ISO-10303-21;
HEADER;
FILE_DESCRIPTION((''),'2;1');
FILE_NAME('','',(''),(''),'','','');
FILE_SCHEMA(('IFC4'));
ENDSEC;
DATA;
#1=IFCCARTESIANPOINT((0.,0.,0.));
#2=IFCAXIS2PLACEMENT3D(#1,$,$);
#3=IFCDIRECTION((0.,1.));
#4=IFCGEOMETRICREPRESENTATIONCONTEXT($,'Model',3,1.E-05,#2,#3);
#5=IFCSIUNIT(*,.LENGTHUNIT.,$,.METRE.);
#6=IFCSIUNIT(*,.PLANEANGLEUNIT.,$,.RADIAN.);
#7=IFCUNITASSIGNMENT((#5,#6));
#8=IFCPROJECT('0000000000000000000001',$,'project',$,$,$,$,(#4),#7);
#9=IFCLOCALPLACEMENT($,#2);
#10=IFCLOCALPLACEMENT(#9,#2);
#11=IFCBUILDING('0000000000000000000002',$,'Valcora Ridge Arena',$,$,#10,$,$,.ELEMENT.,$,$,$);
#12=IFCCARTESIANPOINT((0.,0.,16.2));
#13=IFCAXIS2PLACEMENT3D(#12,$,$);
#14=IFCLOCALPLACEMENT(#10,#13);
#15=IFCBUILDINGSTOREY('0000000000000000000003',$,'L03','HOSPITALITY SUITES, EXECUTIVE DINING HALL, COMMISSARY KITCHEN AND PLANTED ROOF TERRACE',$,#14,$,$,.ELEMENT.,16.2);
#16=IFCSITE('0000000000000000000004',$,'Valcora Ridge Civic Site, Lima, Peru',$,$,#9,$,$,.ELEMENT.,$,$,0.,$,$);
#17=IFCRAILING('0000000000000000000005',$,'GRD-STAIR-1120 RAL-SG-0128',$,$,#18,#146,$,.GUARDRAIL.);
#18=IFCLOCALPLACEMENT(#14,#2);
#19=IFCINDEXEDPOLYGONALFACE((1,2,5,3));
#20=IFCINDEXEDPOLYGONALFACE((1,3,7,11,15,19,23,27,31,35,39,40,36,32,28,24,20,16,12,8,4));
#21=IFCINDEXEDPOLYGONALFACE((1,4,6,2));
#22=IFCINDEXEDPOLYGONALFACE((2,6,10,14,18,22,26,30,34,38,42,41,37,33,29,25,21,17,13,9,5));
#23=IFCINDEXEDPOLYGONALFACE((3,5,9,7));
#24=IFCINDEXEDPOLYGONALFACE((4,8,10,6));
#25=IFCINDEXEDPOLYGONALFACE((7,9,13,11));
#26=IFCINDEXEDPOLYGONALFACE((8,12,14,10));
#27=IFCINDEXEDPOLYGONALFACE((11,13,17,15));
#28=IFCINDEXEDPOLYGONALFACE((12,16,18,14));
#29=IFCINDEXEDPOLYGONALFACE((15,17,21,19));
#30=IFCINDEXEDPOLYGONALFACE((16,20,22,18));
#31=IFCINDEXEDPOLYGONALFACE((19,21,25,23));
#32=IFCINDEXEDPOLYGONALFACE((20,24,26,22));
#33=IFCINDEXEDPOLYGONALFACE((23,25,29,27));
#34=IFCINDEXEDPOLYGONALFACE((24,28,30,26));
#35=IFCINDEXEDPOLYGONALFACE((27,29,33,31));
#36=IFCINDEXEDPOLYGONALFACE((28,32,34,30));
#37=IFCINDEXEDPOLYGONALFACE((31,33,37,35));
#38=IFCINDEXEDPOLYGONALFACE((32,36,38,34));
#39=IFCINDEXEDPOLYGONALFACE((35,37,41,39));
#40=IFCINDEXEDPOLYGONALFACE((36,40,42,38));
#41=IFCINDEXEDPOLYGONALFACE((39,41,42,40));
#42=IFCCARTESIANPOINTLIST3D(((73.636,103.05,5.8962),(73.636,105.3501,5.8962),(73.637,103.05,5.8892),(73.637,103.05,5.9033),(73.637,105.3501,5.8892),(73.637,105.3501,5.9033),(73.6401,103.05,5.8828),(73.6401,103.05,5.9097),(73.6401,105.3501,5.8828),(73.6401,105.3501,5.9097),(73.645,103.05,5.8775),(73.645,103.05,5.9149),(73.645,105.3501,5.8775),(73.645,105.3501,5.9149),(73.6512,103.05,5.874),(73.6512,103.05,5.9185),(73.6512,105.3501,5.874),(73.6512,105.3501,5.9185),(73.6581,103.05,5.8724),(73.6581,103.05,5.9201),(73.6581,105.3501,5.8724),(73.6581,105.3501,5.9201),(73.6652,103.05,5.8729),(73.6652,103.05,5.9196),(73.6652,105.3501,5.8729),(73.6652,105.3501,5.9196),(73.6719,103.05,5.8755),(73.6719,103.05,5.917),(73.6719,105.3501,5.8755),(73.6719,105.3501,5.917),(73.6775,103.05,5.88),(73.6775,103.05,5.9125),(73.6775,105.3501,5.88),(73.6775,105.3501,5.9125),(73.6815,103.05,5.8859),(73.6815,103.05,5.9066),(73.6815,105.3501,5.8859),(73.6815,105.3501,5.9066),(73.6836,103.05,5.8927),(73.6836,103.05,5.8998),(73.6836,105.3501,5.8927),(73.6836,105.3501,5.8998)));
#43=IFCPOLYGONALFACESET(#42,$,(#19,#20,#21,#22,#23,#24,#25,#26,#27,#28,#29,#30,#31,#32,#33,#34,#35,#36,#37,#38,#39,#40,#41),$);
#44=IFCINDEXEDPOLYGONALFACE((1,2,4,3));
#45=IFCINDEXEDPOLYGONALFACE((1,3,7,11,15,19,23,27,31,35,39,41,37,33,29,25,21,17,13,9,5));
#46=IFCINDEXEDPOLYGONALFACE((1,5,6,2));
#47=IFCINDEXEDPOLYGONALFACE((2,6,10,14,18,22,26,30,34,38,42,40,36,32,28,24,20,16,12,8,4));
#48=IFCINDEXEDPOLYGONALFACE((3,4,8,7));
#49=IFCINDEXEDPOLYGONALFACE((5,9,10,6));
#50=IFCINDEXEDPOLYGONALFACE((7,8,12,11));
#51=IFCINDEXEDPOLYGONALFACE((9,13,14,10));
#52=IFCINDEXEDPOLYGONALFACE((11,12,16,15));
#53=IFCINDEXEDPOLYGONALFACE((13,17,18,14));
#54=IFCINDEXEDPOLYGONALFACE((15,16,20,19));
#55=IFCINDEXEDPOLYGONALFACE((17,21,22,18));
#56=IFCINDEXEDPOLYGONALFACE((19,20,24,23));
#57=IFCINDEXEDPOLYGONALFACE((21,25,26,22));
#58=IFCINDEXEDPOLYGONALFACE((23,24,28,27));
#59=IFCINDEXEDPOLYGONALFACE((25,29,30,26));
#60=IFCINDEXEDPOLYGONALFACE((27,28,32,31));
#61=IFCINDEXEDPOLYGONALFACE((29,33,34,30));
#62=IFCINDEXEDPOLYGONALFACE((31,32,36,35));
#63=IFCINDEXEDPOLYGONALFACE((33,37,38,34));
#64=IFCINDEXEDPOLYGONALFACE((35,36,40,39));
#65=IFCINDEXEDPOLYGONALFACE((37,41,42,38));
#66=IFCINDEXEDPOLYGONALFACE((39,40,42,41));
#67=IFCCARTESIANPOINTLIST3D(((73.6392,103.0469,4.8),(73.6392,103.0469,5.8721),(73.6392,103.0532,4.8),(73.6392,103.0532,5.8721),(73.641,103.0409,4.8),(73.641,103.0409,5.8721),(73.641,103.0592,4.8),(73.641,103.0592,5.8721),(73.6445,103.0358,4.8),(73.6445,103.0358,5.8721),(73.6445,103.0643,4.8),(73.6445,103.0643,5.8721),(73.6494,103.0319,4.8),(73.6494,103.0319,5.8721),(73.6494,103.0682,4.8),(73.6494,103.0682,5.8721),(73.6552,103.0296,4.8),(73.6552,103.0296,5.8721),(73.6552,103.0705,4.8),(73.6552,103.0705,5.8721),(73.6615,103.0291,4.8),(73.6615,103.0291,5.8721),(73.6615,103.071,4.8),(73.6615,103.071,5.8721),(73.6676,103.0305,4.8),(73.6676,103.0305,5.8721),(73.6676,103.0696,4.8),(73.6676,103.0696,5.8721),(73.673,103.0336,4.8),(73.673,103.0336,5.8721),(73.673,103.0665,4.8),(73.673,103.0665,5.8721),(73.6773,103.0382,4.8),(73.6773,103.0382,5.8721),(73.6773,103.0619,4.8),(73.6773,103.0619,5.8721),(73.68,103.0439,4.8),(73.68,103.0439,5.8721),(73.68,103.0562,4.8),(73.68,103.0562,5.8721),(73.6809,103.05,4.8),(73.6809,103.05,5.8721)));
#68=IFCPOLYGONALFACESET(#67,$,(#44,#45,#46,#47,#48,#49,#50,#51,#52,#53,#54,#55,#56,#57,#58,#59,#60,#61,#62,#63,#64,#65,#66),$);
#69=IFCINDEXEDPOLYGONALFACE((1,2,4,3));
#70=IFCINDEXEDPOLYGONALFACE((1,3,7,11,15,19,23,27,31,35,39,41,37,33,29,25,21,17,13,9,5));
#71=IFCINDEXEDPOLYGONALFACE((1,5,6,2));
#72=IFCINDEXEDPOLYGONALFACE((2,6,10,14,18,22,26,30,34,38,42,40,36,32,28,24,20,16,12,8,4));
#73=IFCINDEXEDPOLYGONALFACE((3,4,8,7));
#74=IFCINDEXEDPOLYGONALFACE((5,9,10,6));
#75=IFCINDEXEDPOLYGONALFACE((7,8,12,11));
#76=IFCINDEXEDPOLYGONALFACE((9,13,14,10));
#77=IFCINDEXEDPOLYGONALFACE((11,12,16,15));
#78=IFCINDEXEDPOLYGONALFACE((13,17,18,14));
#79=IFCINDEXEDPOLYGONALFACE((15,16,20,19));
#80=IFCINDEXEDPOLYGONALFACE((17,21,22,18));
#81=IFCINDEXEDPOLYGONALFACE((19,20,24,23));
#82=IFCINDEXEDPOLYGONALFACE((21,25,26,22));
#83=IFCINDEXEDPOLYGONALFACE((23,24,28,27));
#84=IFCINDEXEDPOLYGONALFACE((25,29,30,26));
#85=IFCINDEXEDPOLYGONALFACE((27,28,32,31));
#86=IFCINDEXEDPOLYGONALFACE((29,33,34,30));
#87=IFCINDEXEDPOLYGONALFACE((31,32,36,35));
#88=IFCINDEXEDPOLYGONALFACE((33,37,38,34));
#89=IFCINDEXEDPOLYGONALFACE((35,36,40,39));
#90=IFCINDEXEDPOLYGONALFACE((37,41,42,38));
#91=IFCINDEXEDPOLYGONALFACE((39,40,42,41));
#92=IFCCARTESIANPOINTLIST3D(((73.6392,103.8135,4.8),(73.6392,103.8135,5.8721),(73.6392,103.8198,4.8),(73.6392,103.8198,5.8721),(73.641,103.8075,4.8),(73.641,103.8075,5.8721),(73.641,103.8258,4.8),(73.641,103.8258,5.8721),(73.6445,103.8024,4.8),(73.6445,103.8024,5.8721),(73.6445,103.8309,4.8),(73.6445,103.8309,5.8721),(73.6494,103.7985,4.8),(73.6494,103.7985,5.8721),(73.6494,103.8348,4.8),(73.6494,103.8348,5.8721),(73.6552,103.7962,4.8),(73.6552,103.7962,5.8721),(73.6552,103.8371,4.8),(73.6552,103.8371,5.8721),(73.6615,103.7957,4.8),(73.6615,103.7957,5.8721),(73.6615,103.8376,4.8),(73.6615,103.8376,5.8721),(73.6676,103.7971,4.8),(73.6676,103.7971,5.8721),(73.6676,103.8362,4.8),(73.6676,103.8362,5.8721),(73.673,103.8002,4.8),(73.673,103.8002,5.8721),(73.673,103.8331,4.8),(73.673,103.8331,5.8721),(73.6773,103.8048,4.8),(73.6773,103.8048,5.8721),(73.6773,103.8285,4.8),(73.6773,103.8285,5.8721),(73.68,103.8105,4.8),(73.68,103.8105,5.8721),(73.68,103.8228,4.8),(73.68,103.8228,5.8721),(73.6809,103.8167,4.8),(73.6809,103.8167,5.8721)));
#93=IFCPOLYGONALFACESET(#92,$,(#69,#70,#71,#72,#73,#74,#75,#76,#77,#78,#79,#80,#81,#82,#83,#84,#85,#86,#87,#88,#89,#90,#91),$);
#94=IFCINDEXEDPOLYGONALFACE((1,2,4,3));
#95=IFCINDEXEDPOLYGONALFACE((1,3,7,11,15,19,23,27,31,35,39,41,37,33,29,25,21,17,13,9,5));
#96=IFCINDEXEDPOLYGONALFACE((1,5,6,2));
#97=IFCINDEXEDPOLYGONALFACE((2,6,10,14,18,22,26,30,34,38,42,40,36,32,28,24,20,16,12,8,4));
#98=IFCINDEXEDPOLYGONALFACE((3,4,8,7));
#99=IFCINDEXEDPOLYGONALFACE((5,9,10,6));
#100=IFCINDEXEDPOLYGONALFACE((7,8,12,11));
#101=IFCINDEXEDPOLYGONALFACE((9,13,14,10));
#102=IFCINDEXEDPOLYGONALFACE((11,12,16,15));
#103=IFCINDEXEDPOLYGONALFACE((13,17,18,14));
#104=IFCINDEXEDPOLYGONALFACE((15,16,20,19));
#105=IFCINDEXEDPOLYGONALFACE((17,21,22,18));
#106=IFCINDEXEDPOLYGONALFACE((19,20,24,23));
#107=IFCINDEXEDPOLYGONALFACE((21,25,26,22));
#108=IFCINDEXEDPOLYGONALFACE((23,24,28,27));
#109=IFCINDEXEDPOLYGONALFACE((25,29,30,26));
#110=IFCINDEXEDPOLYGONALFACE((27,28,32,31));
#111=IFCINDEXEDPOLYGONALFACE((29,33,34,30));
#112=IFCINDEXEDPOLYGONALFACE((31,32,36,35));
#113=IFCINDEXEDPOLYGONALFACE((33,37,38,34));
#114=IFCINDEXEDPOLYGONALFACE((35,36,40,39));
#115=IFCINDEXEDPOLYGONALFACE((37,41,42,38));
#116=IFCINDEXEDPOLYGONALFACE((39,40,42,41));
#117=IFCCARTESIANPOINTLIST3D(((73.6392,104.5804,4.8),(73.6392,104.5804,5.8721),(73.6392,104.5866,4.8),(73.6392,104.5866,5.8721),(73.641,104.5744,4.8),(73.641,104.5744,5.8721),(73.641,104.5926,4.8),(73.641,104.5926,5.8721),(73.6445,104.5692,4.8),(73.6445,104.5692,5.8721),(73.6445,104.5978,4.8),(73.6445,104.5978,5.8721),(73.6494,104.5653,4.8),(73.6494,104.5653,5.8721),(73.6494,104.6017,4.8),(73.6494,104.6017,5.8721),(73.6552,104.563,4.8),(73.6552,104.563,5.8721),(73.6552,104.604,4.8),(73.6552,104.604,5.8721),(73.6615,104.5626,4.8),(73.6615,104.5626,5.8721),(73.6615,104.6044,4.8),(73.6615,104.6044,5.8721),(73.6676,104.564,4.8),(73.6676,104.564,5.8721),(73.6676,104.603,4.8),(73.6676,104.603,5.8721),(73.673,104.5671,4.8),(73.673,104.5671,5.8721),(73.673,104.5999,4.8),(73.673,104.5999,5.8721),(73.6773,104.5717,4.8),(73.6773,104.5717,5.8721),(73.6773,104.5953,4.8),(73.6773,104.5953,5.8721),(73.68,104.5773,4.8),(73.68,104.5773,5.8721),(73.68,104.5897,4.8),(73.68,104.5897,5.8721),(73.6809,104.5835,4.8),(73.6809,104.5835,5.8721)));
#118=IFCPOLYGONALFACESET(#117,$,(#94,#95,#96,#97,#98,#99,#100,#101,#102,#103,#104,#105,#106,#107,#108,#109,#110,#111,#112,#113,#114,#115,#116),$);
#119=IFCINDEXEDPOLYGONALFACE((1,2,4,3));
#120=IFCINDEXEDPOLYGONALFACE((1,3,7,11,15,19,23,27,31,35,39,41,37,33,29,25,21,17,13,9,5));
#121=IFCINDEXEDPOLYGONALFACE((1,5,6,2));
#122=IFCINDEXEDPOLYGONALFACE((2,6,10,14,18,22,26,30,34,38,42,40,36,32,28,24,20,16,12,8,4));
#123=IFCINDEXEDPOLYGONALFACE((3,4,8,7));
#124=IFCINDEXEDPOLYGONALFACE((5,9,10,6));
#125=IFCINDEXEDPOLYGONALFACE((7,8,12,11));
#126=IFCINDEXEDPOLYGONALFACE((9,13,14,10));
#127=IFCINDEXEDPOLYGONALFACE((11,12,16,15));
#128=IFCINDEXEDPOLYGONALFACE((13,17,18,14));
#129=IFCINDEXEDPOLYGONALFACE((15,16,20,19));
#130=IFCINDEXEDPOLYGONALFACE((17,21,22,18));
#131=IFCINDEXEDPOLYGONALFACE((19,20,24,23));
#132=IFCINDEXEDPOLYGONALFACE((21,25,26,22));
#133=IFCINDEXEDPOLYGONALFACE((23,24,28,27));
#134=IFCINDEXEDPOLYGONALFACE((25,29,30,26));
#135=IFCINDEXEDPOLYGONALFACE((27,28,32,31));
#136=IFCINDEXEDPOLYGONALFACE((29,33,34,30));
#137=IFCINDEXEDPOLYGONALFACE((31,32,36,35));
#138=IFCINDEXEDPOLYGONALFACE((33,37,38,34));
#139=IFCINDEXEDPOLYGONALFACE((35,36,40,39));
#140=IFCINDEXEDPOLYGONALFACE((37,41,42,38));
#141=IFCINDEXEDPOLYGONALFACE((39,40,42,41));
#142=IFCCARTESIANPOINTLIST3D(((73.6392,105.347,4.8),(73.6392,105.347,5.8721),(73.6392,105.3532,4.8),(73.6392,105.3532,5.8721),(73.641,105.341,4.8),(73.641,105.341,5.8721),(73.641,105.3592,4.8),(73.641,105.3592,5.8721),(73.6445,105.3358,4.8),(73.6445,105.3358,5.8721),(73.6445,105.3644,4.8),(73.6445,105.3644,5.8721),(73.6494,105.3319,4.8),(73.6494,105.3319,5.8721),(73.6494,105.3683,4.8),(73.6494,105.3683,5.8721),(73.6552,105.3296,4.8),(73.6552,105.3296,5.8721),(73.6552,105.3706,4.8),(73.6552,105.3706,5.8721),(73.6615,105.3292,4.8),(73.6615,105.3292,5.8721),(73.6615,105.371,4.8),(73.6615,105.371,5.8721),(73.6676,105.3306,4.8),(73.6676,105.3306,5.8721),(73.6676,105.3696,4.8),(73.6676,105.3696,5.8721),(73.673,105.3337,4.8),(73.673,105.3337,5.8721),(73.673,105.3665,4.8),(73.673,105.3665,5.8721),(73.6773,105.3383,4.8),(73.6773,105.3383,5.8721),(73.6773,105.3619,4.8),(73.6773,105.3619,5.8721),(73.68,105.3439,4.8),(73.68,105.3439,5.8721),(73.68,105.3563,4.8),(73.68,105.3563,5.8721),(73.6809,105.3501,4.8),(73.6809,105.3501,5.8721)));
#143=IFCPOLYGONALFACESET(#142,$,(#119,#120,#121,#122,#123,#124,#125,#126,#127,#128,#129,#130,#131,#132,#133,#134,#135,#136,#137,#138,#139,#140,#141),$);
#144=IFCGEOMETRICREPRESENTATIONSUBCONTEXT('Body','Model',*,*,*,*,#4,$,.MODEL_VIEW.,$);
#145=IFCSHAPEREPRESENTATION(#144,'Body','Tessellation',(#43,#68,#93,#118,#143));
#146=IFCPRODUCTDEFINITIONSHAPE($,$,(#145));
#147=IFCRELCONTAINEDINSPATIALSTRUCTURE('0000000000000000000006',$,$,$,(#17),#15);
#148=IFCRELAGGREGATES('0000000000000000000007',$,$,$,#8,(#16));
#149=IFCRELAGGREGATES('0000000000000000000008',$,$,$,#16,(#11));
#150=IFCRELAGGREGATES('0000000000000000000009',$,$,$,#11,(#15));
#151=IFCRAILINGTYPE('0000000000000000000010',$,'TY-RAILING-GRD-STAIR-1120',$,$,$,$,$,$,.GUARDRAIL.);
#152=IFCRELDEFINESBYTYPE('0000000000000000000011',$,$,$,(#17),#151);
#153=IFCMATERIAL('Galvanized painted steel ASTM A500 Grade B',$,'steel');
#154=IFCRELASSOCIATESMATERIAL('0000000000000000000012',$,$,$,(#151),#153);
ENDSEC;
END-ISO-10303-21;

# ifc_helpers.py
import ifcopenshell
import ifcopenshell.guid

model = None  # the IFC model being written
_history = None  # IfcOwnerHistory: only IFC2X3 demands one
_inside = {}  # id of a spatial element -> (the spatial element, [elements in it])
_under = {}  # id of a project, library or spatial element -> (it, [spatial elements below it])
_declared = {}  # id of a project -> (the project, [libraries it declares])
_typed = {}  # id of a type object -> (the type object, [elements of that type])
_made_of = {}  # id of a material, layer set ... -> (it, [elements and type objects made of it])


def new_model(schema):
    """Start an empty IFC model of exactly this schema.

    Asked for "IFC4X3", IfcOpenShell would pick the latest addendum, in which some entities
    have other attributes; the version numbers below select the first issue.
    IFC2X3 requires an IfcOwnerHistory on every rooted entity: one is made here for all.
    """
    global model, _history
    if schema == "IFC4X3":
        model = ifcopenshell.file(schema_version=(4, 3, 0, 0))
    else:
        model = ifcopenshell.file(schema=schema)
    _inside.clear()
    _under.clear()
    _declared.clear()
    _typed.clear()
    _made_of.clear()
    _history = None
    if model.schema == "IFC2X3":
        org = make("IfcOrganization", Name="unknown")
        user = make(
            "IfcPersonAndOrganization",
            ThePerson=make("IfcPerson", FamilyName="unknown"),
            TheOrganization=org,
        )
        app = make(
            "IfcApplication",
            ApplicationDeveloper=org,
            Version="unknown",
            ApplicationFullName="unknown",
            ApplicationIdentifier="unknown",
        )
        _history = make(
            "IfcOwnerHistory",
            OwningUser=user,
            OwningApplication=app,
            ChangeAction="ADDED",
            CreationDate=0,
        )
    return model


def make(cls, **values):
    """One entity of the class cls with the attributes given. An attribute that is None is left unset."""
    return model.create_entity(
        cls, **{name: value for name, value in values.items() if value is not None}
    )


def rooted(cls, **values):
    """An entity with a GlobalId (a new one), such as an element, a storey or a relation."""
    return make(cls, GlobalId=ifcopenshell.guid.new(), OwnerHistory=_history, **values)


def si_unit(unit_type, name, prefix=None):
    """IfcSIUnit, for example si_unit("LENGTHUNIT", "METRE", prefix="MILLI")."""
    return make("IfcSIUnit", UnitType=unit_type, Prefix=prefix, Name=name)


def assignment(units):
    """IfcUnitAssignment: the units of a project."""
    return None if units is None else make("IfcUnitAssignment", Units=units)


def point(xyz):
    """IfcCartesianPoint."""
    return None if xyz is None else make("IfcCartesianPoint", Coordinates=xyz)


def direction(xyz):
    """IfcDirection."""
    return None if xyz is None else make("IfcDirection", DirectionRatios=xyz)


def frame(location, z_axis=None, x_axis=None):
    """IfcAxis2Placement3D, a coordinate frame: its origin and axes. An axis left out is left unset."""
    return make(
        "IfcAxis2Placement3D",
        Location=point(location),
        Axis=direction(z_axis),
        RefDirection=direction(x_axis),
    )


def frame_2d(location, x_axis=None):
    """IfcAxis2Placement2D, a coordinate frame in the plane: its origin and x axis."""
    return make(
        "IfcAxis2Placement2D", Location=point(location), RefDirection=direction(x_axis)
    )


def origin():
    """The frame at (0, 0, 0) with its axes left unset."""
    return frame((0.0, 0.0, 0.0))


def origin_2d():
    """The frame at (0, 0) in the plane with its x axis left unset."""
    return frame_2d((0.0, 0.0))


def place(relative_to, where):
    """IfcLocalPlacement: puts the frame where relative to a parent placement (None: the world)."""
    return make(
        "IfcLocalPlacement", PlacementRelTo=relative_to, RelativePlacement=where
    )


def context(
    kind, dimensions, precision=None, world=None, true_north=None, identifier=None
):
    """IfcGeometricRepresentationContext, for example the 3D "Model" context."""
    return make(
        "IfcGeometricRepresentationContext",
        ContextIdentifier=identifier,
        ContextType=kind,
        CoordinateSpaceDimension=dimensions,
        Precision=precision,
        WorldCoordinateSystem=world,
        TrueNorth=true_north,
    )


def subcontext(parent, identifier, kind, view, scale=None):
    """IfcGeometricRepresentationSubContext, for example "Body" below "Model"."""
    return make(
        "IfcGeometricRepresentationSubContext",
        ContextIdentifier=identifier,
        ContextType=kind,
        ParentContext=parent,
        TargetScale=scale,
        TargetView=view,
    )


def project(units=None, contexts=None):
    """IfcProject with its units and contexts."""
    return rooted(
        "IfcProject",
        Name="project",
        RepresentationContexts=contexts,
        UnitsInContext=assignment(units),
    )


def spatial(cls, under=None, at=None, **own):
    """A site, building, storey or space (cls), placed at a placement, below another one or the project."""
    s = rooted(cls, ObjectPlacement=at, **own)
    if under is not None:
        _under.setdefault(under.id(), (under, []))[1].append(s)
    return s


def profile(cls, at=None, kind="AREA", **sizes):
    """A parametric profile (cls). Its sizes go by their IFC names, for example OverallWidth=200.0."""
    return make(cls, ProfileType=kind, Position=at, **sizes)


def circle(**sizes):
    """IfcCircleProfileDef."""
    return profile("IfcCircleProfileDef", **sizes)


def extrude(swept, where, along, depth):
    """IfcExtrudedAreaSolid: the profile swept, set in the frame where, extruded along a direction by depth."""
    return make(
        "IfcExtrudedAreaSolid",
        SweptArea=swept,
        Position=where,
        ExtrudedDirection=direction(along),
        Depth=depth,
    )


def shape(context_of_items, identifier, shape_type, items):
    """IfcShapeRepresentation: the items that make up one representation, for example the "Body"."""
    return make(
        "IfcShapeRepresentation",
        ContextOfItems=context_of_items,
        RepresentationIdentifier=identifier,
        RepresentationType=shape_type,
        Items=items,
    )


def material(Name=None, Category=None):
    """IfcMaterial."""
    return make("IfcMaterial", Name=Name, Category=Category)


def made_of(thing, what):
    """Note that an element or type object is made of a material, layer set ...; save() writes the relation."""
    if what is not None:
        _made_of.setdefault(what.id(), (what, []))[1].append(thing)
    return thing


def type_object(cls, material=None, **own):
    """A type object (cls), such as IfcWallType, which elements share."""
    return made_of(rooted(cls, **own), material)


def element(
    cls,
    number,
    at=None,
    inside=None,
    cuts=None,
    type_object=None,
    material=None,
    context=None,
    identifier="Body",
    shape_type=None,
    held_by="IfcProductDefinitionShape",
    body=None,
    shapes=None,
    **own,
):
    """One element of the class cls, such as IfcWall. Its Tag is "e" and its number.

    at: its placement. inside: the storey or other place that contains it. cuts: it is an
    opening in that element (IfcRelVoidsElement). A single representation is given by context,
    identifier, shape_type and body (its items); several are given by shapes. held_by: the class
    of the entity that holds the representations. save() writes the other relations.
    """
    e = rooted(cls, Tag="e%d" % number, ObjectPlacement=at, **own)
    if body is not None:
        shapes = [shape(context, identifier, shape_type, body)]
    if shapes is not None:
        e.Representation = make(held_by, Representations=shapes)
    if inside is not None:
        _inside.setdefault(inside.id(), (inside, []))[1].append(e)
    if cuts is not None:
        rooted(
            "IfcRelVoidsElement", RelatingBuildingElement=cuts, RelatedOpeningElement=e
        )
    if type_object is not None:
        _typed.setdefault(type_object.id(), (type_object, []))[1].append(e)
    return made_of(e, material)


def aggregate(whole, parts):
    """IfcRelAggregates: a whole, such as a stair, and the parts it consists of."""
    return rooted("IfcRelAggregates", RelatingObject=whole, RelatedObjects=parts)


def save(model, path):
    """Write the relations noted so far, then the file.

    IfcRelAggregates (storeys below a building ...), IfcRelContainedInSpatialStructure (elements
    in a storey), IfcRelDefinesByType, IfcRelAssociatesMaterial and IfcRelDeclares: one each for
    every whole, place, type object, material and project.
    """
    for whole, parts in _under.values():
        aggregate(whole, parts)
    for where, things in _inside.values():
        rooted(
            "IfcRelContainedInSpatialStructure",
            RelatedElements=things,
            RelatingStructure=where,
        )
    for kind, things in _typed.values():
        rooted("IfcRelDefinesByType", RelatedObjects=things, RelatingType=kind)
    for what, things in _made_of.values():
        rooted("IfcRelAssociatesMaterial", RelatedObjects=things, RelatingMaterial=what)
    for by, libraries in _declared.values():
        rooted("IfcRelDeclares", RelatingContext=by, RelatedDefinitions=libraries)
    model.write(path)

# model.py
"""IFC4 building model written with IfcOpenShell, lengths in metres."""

from ifc_helpers import new_model, si_unit, direction, frame, origin, origin_2d, place, context, subcontext, project, spatial, circle, extrude, material, type_object, element, save


model = new_model("IFC4")

# Units and contexts
model_context = context("Model", 3, precision=1e-05, world=origin(), true_north=direction((0.0, 1.0)))
body_context = subcontext(model_context, "Body", "Model", "MODEL_VIEW")
ifc_project = project(units=[si_unit("LENGTHUNIT", "METRE"), si_unit("PLANEANGLEUNIT", "RADIAN")], contexts=[model_context])

# Site, building, storey
site_placement = place(None, origin())
site = spatial("IfcSite", under=ifc_project, at=site_placement, Name="Valcora Ridge Civic Site, Lima, Peru", CompositionType="ELEMENT", RefElevation=0.0)
building_placement = place(site_placement, origin())
building = spatial("IfcBuilding", under=site, at=building_placement, Name="Valcora Ridge Arena", CompositionType="ELEMENT")
storey_placement = place(building_placement, frame((0.0, 0.0, 16.2)))
storey = spatial("IfcBuildingStorey", under=building, at=storey_placement, Name="L03", Description="HOSPITALITY SUITES, EXECUTIVE DINING HALL, COMMISSARY KITCHEN AND PLANTED ROOF TERRACE", CompositionType="ELEMENT", Elevation=16.2)

# Railing
ifc_material_1 = material(Name="Galvanized painted steel ASTM A500 Grade B", Category="steel")
railing_type_1 = type_object("IfcRailingType", Name="TY-RAILING-GRD-STAIR-1120", PredefinedType="GUARDRAIL", material=ifc_material_1)
railing_1_placement = place(storey_placement, frame((73.6599, 103.05, 4.8)))
element("IfcRailing", 1, at=railing_1_placement, inside=storey, type_object=railing_type_1, Name="GRD-STAIR-1120 RAL-SG-0128", PredefinedType="GUARDRAIL", context=body_context, shape_type="SweptSolid", body=[
    extrude(circle(Radius=0.0239, at=origin_2d()), frame((0.0, 0.0, 1.0962), z_axis=(0.0, 1.0, 0.0), x_axis=(-1.0, 0.0, 0.0)), (0.0, 0.0, 1.0), 2.3),
    extrude(circle(Radius=0.021, at=origin_2d()), origin(), (0.0, 0.0, 1.0), 1.072),
    extrude(circle(Radius=0.021, at=origin_2d()), frame((0.0, 0.7666, 0.0)), (0.0, 0.0, 1.0), 1.072),
    extrude(circle(Radius=0.021, at=origin_2d()), frame((0.0, 1.5334, 0.0)), (0.0, 0.0, 1.0), 1.072),
    extrude(circle(Radius=0.021, at=origin_2d()), frame((0.0, 2.3, 0.0)), (0.0, 0.0, 1.0), 1.072),
])

save(model, "model.ifc")
